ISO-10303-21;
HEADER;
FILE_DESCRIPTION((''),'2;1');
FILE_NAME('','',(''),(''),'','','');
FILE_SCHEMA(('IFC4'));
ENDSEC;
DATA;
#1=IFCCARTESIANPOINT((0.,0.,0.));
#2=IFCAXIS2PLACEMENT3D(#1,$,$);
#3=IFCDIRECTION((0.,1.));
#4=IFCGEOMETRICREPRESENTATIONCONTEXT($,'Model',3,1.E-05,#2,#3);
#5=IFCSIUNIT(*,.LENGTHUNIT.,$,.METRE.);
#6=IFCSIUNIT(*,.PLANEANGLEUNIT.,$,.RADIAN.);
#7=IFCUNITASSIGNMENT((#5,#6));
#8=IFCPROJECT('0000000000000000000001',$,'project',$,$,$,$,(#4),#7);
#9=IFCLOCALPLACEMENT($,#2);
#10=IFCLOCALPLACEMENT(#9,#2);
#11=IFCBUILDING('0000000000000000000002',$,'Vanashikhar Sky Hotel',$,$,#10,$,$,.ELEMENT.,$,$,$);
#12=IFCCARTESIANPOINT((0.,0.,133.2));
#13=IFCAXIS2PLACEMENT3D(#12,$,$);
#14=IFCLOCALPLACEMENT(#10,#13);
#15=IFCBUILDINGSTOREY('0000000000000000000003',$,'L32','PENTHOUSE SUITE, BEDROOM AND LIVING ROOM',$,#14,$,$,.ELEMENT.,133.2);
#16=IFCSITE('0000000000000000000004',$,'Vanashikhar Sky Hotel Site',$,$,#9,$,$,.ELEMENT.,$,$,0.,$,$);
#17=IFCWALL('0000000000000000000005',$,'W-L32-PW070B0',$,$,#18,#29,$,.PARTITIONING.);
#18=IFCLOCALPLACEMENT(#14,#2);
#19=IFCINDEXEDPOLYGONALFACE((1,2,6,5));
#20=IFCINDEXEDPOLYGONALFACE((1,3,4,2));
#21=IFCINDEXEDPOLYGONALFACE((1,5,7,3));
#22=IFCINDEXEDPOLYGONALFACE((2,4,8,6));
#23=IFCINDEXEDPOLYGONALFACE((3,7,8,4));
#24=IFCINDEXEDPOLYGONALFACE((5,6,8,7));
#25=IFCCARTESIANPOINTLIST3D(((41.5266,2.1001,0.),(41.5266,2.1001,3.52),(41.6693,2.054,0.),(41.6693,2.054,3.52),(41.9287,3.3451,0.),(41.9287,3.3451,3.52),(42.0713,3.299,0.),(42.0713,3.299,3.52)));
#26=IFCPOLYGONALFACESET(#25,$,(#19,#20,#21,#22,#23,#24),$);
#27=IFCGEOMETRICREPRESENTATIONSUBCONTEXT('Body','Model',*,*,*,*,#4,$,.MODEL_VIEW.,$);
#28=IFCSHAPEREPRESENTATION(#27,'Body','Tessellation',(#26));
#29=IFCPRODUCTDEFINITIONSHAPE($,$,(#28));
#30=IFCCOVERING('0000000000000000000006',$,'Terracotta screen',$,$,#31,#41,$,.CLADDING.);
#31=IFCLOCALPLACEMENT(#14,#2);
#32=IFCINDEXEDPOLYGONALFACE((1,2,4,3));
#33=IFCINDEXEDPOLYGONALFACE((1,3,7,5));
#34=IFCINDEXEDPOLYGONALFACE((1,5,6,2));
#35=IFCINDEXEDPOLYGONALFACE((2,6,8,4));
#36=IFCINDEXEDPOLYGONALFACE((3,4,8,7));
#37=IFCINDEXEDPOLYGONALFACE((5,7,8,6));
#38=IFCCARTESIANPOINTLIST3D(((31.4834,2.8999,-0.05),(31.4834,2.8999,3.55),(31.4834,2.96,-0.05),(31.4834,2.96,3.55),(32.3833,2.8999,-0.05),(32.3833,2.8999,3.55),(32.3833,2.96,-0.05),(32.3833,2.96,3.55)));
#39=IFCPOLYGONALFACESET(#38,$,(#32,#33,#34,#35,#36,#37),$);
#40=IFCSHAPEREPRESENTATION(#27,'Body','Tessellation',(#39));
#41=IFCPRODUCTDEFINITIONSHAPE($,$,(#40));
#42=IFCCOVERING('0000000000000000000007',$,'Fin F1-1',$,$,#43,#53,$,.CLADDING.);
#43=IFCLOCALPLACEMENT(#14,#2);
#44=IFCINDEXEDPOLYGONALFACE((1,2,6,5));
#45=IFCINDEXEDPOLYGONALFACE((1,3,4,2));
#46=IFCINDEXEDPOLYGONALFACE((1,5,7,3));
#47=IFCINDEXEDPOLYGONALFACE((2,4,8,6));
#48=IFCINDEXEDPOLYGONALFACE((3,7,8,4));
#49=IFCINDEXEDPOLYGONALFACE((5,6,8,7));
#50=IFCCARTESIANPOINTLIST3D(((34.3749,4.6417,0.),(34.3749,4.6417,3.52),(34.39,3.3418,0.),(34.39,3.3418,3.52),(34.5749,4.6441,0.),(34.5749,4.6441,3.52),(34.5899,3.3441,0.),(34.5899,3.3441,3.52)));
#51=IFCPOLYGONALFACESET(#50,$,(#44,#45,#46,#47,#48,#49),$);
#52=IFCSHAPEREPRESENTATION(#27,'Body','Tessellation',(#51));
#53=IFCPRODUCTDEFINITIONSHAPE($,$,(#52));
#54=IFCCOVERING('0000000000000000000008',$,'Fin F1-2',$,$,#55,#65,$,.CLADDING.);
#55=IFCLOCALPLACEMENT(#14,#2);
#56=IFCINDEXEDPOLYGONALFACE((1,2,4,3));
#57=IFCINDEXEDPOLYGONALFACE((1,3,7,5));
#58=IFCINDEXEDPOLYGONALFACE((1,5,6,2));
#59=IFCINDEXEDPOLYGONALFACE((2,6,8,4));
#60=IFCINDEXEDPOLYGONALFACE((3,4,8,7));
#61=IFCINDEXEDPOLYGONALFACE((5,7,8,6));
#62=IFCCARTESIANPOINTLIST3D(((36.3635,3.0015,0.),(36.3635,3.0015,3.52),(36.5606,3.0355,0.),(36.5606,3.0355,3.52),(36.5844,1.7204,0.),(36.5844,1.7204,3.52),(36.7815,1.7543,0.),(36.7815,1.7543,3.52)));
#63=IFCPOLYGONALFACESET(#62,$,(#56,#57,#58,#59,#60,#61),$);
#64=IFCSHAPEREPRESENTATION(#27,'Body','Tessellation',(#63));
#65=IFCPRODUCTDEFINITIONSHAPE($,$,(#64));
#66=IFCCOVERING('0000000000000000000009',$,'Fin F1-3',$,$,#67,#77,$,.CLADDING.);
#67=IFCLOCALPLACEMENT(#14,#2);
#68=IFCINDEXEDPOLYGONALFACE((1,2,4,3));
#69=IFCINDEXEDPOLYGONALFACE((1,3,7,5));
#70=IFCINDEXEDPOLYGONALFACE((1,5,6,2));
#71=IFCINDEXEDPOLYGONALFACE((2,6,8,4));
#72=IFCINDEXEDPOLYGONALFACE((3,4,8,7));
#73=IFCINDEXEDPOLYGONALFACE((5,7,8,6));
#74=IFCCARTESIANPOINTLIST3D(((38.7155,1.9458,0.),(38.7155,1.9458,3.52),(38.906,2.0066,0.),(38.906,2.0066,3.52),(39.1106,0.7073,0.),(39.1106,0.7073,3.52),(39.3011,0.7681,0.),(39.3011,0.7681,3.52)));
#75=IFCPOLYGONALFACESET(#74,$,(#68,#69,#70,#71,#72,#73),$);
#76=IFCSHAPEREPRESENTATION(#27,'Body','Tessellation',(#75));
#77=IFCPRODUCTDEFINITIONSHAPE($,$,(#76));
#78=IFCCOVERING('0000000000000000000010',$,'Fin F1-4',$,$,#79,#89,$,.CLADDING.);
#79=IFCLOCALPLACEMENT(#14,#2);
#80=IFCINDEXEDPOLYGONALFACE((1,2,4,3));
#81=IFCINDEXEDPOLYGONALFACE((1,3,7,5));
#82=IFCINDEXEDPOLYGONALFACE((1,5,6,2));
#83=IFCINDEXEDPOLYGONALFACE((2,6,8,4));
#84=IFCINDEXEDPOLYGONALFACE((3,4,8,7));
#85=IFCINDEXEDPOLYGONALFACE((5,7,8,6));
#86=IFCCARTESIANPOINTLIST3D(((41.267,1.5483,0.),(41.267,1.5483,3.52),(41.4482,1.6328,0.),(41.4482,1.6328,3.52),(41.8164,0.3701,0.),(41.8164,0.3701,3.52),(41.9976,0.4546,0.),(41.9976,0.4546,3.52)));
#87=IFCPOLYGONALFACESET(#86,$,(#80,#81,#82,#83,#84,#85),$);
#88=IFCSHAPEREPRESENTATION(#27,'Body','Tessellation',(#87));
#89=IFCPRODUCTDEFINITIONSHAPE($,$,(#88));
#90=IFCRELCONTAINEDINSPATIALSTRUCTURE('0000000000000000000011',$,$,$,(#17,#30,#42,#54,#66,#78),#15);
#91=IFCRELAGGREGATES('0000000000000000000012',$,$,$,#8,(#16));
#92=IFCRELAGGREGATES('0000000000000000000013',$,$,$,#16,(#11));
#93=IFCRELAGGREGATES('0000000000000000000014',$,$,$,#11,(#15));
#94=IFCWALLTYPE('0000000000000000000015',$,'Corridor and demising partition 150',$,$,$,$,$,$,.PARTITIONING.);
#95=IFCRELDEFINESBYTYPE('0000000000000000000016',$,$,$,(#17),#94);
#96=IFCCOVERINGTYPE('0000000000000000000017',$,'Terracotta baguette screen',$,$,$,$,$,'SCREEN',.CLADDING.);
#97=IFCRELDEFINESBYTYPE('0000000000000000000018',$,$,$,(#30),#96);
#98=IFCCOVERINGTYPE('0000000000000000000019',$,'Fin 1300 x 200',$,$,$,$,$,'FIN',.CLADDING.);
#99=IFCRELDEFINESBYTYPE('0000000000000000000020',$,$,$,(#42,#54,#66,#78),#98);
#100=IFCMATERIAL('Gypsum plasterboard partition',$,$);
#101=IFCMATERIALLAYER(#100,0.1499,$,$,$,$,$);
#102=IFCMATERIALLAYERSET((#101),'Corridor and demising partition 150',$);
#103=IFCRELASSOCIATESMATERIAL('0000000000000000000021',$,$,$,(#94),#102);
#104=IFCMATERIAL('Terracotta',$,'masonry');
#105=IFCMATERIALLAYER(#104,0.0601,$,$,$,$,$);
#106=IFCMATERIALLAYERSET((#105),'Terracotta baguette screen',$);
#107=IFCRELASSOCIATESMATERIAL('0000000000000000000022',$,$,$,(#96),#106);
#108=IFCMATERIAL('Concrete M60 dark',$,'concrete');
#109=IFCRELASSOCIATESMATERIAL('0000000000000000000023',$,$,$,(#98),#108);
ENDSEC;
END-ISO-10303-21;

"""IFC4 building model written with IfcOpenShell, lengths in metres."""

from ifc_helpers import new_model, si_unit, direction, frame, frame_2d, origin, origin_2d, place, context, subcontext, project, spatial, rectangle, extrude, source, transform, mapped, material, layer, layer_set, material_profile, profile_set, type_object, element, save


model = new_model("IFC4")

# Units and contexts
model_context = context("Model", 3, precision=1e-05, world=origin(), true_north=direction((0.0, 1.0)))
body_context = subcontext(model_context, "Body", "Model", "MODEL_VIEW")
ifc_project = project(units=[si_unit("LENGTHUNIT", "METRE"), si_unit("PLANEANGLEUNIT", "RADIAN")], contexts=[model_context])

# Site, building, storey
site_placement = place(None, origin())
site = spatial("IfcSite", under=ifc_project, at=site_placement, Name="Vanashikhar Sky Hotel Site", CompositionType="ELEMENT", RefElevation=0.0)
building_placement = place(site_placement, origin())
building = spatial("IfcBuilding", under=site, at=building_placement, Name="Vanashikhar Sky Hotel", CompositionType="ELEMENT")
storey_placement = place(building_placement, frame((0.0, 0.0, 133.2)))
storey = spatial("IfcBuildingStorey", under=building, at=storey_placement, Name="L32", Description="PENTHOUSE SUITE, BEDROOM AND LIVING ROOM", CompositionType="ELEMENT", Elevation=133.2)

# Wall
ifc_material_1 = material(Name="Gypsum plasterboard partition")
ifc_layer_1 = layer(ifc_material_1, 0.1499)
ifc_layer_set_1 = layer_set([ifc_layer_1], Name="Corridor and demising partition 150")
wall_type_1 = type_object("IfcWallType", Name="Corridor and demising partition 150", PredefinedType="PARTITIONING", material=ifc_layer_set_1)
shared_shape_1 = source(origin(), body_context, "Body", "SweptSolid", [
    extrude(rectangle(XDim=1.3083, YDim=0.1499, at=frame_2d((0.6543, 0.0))), origin(), (0.0, 0.0, 1.0), 3.52),
])
wall_1_placement = place(storey_placement, frame((41.5979, 2.0769, 0.0), z_axis=(0.0, 0.0, 1.0), x_axis=(0.307314, 0.951608, 0.0)))
element("IfcWall", 1, at=wall_1_placement, inside=storey, type_object=wall_type_1, Name="W-L32-PW070B0", PredefinedType="PARTITIONING", context=body_context, shape_type="MappedRepresentation", body=[
    mapped(shared_shape_1, transform((0.0, 0.0, 0.0), scale=1.0)),
])

# Coverings
ifc_material_2 = material(Name="Terracotta", Category="masonry")
ifc_layer_2 = layer(ifc_material_2, 0.0601)
ifc_layer_set_2 = layer_set([ifc_layer_2], Name="Terracotta baguette screen")
covering_type_1 = type_object("IfcCoveringType", Name="Terracotta baguette screen", ElementType="SCREEN", PredefinedType="CLADDING", material=ifc_layer_set_2)
shared_shape_2 = source(origin(), body_context, "Body", "SweptSolid", [
    extrude(rectangle(XDim=0.8999, YDim=0.0601, at=origin_2d()), origin(), (0.0, 0.0, 1.0), 3.6001),
])
covering_placement = place(storey_placement, frame((31.9333, 2.9299, -0.05), z_axis=(0.0, 0.0, 1.0), x_axis=(1.0, 0.0, 0.0)))
element("IfcCovering", 2, at=covering_placement, inside=storey, type_object=covering_type_1, Name="Terracotta screen", PredefinedType="CLADDING", context=body_context, shape_type="MappedRepresentation", body=[
    mapped(shared_shape_2, transform((0.0, 0.0, 0.0), scale=1.0)),
])
ifc_material_3 = material(Name="Concrete M60 dark", Category="concrete")
ifc_material_profile = material_profile(ifc_material_3, rectangle(XDim=1.3, YDim=0.2, at=origin_2d()))
ifc_profile_set = profile_set([ifc_material_profile], Name="Fin 1300 x 200")
covering_type_2 = type_object("IfcCoveringType", Name="Fin 1300 x 200", ElementType="FIN", PredefinedType="CLADDING", material=ifc_profile_set)
shared_shape_3 = source(origin(), body_context, "Body", "SweptSolid", [
    extrude(rectangle(XDim=1.3, YDim=0.2, at=origin_2d()), origin(), (0.0, 0.0, 1.0), 3.52),
])
for number, where, z_axis, x_axis, name in (
    (3, (34.4824, 3.9929, 0.0), (0.0, 0.0, 1.0), (0.011589, -0.999933, 0.0), "Fin F1-1"),
    (4, (36.5725, 2.3779, 0.0), (0.0, 0.0, 1.0), (0.1699, -0.985461, 0.0), "Fin F1-2"),
    (5, (39.0083, 1.3569, 0.0), (0.0, 0.0, 1.0), (0.303967, -0.952683, 0.0), "Fin F1-3"),
    (6, (41.6323, 1.0015, 0.0), (0.0, 0.0, 1.0), (0.422618, -0.906308, 0.0), "Fin F1-4"),
):
    element("IfcCovering", number, at=place(storey_placement, frame(where, z_axis=z_axis, x_axis=x_axis)), inside=storey, type_object=covering_type_2, Name=name, PredefinedType="CLADDING", context=body_context, shape_type="MappedRepresentation", body=[
        mapped(shared_shape_3, transform((0.0, 0.0, 0.0), scale=1.0)),
    ])

save(model, "model.ifc")
